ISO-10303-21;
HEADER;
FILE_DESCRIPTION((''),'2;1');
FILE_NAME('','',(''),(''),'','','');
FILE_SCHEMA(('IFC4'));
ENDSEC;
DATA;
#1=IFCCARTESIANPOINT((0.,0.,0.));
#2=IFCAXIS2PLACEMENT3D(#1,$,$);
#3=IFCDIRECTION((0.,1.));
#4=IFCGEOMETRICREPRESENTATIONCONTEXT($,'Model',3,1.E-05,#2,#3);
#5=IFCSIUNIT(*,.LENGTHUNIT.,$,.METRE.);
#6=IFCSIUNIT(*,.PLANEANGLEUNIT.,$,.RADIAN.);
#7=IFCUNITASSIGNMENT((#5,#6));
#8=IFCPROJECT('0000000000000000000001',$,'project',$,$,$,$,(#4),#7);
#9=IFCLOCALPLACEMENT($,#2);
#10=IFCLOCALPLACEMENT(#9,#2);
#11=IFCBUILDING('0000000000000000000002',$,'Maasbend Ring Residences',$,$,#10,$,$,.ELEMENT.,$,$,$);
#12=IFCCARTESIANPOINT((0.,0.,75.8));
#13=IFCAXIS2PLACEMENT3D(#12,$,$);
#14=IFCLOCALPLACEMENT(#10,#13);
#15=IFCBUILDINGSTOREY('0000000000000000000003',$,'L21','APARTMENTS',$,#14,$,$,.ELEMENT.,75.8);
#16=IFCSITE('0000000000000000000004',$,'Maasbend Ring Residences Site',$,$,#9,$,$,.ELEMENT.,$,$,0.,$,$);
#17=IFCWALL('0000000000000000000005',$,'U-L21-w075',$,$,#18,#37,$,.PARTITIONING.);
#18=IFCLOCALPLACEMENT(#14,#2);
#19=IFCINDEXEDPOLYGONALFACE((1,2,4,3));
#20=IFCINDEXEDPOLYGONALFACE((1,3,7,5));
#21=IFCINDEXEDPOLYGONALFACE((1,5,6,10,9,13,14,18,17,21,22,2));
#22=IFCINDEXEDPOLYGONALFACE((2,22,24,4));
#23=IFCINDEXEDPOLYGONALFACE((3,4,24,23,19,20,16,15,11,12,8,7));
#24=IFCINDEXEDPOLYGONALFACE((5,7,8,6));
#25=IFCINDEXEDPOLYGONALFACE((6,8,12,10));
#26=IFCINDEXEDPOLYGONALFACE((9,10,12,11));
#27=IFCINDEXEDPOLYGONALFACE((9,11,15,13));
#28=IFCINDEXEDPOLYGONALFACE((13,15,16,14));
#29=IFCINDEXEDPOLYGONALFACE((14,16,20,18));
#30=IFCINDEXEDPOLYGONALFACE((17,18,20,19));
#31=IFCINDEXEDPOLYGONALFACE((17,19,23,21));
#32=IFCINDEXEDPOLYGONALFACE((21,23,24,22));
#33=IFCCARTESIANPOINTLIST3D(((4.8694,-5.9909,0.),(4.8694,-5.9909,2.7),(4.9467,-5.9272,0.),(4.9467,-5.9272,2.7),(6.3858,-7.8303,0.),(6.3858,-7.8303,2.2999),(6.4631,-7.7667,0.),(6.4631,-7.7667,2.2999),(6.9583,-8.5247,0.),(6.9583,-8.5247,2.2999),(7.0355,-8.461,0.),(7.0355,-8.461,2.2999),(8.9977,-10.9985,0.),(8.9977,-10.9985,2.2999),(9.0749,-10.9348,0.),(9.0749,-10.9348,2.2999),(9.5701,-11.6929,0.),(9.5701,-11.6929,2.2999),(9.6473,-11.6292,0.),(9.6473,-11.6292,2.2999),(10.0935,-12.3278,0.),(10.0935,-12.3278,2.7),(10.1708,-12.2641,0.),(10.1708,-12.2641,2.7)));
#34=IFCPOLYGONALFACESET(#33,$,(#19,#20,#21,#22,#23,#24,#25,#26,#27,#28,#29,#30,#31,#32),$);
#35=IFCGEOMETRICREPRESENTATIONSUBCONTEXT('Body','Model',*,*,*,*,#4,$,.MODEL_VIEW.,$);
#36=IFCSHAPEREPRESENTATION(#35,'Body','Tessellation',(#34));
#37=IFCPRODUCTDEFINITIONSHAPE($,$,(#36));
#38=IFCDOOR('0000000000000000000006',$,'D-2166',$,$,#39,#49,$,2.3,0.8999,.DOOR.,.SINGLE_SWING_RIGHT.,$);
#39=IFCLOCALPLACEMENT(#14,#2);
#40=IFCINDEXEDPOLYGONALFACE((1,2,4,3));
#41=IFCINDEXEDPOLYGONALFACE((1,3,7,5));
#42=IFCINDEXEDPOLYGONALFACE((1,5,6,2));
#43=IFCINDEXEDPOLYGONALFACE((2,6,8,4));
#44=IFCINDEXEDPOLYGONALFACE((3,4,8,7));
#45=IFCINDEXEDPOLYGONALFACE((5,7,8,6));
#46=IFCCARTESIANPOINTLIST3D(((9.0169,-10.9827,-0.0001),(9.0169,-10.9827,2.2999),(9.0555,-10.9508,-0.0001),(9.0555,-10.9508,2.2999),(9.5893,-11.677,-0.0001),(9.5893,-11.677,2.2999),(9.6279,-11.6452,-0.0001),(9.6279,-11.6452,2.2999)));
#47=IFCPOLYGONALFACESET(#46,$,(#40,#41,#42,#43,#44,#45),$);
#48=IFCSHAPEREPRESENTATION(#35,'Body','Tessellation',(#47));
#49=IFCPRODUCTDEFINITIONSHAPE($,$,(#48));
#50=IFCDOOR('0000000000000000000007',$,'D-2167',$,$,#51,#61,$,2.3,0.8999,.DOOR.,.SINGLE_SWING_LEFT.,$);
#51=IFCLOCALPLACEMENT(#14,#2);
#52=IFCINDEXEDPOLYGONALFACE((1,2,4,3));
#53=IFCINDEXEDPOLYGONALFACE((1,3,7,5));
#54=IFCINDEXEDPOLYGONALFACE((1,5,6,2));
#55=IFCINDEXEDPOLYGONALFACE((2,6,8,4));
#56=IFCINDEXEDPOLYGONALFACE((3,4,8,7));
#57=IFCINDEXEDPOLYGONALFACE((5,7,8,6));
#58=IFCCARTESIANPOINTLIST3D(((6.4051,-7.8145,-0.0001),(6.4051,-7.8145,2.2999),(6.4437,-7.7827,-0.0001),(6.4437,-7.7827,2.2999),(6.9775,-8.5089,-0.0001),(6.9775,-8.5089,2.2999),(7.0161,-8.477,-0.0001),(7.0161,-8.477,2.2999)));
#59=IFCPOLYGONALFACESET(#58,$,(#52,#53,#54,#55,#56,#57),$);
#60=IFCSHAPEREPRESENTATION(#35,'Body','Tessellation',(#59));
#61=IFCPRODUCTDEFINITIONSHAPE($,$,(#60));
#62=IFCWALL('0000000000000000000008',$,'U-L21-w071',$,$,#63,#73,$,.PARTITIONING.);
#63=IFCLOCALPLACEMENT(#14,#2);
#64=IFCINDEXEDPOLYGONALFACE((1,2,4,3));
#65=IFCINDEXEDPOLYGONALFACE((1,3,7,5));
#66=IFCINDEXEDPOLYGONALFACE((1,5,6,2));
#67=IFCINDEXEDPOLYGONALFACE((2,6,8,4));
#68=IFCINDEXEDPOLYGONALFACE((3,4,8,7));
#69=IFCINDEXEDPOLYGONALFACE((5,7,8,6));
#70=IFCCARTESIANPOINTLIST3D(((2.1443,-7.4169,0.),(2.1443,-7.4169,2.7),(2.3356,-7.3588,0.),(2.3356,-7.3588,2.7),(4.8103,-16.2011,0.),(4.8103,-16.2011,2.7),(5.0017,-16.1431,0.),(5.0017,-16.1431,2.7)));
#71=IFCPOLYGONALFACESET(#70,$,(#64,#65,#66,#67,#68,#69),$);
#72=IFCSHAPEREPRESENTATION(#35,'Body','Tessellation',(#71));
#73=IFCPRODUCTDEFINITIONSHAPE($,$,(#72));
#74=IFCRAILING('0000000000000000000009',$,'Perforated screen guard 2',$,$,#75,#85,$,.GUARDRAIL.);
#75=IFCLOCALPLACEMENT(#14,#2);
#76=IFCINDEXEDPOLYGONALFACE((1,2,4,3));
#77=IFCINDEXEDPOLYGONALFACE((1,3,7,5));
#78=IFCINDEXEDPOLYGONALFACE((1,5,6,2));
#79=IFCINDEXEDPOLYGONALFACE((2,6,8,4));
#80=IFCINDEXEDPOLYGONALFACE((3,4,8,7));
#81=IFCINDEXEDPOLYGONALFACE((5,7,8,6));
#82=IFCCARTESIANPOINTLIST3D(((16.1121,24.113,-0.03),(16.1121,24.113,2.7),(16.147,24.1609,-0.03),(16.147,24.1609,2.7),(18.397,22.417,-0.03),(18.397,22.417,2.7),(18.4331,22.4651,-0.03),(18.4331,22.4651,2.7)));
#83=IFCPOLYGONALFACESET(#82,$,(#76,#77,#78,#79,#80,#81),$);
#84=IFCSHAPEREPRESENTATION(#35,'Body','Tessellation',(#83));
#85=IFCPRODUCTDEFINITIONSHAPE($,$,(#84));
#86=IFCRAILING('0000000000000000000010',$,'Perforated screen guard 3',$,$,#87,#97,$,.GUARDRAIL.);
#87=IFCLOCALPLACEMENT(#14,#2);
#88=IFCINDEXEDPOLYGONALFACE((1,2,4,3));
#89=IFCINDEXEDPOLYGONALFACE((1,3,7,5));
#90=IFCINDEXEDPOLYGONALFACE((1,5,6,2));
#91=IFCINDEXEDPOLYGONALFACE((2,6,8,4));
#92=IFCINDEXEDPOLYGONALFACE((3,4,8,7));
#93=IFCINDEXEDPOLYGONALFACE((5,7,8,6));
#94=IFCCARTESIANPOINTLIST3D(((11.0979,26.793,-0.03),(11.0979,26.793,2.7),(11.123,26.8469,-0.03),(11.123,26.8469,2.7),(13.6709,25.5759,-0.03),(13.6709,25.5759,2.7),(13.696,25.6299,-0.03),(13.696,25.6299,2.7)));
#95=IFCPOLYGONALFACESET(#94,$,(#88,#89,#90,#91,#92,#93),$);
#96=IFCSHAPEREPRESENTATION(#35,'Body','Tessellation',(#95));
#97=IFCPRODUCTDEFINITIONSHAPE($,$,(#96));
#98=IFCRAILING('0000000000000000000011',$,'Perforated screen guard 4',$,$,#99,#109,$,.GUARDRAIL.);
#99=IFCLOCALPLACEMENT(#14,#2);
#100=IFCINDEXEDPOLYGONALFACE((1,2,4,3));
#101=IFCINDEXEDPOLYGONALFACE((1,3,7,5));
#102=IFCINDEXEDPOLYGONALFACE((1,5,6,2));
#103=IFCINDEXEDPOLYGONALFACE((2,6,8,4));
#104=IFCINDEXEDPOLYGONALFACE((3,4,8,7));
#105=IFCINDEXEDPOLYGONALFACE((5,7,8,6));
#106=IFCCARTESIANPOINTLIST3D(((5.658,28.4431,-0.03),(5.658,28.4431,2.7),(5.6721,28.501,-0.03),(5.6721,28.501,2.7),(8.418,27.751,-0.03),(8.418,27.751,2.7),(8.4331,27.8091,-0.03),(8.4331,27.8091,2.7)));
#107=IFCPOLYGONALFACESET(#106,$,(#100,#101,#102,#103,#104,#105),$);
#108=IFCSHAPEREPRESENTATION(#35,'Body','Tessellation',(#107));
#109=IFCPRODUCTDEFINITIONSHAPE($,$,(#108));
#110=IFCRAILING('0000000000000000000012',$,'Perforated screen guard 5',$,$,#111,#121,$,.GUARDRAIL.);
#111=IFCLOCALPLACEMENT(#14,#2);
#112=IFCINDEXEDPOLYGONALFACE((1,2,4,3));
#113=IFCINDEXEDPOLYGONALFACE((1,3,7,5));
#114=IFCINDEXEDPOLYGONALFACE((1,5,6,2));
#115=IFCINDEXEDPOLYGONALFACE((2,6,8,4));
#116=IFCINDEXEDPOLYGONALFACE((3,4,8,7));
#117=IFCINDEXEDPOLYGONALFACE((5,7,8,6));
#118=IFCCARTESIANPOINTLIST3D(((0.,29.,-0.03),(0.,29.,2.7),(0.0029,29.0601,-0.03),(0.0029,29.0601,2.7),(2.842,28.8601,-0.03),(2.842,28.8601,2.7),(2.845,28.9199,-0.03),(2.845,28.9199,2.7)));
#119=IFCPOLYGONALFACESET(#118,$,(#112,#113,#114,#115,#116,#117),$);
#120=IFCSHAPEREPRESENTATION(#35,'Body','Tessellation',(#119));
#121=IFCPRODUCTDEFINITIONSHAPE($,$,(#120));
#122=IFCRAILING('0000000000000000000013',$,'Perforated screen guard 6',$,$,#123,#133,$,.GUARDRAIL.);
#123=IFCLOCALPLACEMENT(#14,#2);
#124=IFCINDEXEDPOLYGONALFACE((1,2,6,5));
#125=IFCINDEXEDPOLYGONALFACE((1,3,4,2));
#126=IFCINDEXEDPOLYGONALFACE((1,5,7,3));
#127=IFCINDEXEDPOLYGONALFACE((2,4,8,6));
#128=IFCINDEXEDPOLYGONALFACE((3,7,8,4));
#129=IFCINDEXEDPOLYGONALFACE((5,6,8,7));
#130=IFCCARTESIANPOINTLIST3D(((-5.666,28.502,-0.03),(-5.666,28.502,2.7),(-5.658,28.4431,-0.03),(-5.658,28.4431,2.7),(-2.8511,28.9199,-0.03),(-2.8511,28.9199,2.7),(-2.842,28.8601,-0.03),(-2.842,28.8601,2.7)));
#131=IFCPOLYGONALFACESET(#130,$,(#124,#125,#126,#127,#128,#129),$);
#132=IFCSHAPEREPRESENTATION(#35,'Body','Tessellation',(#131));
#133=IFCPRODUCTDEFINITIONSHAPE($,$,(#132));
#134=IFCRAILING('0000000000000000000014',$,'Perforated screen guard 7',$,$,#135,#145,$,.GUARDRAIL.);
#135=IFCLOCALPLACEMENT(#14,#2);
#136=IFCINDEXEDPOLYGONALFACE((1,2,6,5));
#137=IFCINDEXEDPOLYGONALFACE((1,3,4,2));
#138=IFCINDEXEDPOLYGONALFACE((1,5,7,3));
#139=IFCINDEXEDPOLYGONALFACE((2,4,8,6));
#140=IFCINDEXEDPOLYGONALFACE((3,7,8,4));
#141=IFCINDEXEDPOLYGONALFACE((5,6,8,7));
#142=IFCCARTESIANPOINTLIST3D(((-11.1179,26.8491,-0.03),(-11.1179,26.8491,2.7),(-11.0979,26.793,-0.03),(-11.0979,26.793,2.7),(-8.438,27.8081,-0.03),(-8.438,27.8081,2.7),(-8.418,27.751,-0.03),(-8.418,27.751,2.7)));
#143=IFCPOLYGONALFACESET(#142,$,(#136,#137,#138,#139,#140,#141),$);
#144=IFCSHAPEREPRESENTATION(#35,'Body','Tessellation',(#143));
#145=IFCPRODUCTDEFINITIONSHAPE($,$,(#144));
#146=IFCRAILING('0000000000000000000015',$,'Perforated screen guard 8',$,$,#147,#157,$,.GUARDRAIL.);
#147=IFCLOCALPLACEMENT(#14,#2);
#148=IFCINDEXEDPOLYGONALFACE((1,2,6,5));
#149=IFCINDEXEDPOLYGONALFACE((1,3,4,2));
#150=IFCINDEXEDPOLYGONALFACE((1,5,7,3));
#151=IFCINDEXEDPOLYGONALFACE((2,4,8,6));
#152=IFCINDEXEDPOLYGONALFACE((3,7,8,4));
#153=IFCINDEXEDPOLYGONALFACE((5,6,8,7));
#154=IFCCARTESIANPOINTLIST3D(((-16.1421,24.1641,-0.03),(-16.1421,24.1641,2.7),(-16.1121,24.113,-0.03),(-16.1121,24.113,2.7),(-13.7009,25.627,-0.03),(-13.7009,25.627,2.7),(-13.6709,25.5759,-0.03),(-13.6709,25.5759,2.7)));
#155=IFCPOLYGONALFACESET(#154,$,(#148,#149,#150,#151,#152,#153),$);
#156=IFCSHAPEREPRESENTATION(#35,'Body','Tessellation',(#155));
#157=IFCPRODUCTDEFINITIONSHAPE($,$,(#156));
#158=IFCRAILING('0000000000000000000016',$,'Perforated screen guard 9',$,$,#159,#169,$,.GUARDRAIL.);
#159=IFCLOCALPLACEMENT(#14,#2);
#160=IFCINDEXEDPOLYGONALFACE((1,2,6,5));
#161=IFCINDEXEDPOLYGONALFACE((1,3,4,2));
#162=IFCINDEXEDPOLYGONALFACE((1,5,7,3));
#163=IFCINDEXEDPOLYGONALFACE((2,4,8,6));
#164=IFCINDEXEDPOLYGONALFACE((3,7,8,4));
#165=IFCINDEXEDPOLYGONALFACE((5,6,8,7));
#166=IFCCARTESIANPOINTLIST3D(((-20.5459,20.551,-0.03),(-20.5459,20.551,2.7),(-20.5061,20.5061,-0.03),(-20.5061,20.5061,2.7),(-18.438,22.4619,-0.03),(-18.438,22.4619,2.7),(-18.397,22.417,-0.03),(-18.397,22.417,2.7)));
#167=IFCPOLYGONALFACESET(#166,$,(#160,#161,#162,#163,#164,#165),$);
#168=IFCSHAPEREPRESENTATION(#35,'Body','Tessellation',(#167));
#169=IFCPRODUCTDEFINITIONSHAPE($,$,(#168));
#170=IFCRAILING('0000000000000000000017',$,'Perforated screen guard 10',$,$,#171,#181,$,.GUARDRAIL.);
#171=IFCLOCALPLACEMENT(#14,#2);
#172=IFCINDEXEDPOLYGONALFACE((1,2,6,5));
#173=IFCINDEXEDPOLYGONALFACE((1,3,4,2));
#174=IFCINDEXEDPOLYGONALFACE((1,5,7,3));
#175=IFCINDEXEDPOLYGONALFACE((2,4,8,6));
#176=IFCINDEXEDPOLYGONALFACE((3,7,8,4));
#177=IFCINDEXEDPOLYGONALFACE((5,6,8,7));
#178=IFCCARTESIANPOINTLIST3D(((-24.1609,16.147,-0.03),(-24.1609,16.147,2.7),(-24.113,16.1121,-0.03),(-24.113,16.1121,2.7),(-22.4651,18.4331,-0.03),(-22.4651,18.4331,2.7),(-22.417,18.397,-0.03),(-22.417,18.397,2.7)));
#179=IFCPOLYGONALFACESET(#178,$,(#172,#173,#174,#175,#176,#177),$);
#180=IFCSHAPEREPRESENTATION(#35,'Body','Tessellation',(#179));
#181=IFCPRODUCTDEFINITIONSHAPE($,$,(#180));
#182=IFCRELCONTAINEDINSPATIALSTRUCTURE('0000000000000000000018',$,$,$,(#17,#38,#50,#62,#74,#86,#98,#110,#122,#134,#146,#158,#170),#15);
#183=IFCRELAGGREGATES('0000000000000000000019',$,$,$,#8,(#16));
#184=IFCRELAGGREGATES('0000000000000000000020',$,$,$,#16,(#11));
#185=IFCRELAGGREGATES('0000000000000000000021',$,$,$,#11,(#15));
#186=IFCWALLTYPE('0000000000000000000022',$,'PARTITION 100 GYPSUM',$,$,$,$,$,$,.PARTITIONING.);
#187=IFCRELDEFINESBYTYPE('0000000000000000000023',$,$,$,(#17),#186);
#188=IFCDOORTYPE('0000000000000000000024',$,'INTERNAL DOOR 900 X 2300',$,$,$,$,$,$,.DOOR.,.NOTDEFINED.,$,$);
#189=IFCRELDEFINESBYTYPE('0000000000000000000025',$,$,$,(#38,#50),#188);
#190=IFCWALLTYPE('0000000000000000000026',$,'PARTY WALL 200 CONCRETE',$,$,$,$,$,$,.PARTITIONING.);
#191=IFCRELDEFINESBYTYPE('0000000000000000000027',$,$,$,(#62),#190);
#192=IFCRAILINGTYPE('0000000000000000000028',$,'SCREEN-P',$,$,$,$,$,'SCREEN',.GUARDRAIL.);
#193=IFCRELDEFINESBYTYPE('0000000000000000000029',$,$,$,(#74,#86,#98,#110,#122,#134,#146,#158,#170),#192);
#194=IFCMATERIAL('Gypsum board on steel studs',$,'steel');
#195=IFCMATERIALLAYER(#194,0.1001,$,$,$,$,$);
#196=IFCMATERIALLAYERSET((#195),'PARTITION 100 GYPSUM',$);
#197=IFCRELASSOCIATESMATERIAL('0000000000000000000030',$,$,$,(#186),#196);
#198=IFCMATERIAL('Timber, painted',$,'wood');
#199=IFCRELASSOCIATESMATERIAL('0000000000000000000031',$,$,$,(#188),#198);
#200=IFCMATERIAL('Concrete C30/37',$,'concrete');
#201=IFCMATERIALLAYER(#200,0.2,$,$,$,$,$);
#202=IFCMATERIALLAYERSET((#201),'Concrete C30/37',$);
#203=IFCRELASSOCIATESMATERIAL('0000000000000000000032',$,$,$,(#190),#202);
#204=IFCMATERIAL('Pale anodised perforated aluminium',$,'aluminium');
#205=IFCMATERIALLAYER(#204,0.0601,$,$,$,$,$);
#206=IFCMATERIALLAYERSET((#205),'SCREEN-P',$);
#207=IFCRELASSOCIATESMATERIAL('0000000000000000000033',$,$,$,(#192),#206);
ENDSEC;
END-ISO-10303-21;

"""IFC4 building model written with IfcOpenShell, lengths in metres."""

from ifc_helpers import new_model, si_unit, direction, frame, frame_2d, origin, place, context, subcontext, project, spatial, polyline, rectangle, outline, extrude, material, layer, layer_set, type_object, element, fill, save


model = new_model("IFC4")

# Units and contexts
model_context = context("Model", 3, precision=1e-05, world=origin(), true_north=direction((0.0, 1.0)))
body_context = subcontext(model_context, "Body", "Model", "MODEL_VIEW")
ifc_project = project(units=[si_unit("LENGTHUNIT", "METRE"), si_unit("PLANEANGLEUNIT", "RADIAN")], contexts=[model_context])

# Site, building, storey
site_placement = place(None, origin())
site = spatial("IfcSite", under=ifc_project, at=site_placement, Name="Maasbend Ring Residences Site", CompositionType="ELEMENT", RefElevation=0.0)
building_placement = place(site_placement, origin())
building = spatial("IfcBuilding", under=site, at=building_placement, Name="Maasbend Ring Residences", CompositionType="ELEMENT")
storey_placement = place(building_placement, frame((0.0, 0.0, 75.8)))
storey = spatial("IfcBuildingStorey", under=building, at=storey_placement, Name="L21", Description="APARTMENTS", CompositionType="ELEMENT", Elevation=75.8)

# Wall, openings, doors
ifc_material_1 = material(Name="Gypsum board on steel studs", Category="steel")
ifc_layer_1 = layer(ifc_material_1, 0.1001)
ifc_layer_set_1 = layer_set([ifc_layer_1], Name="PARTITION 100 GYPSUM")
wall_type_1 = type_object("IfcWallType", Name="PARTITION 100 GYPSUM", PredefinedType="PARTITIONING", material=ifc_layer_set_1)
wall_1_placement = place(storey_placement, frame((4.908, -5.959, 0.0), z_axis=(0.0, 0.0, 1.0), x_axis=(0.636105, -0.771602, 0.0)))
wall_1 = element("IfcWall", 1, at=wall_1_placement, inside=storey, type_object=wall_type_1, Name="U-L21-w075", PredefinedType="PARTITIONING", context=body_context, shape_type="SweptSolid", body=[
    extrude(rectangle(XDim=8.2126, YDim=0.1001, at=frame_2d((4.1064, 0.0))), origin(), (0.0, 0.0, 1.0), 2.7),
])
opening_1_placement = place(wall_1_placement, frame((6.49, 0.0, 0.0)))
opening_1 = element("IfcOpeningElement", 2, at=opening_1_placement, cuts=wall_1, PredefinedType="OPENING", context=body_context, shape_type="SweptSolid", body=[
    extrude(rectangle(XDim=0.8999, YDim=2.3, at=frame_2d((0.45, 1.1499))), frame((0.0, 0.0601, 0.0), z_axis=(0.0, -1.0, 0.0), x_axis=(1.0, 0.0, 0.0)), (0.0, 0.0, 1.0), 0.1201),
])
opening_2_placement = place(wall_1_placement, frame((2.384, 0.0, 0.0)))
opening_2 = element("IfcOpeningElement", 3, at=opening_2_placement, cuts=wall_1, PredefinedType="OPENING", context=body_context, shape_type="SweptSolid", body=[
    extrude(rectangle(XDim=0.8999, YDim=2.3, at=frame_2d((0.45, 1.1499))), frame((0.0, 0.0601, 0.0), z_axis=(0.0, -1.0, 0.0), x_axis=(1.0, 0.0, 0.0)), (0.0, 0.0, 1.0), 0.1201),
])
ifc_material_2 = material(Name="Timber, painted", Category="wood")
door_type = type_object("IfcDoorType", Name="INTERNAL DOOR 900 X 2300", OperationType="NOTDEFINED", PredefinedType="DOOR", material=ifc_material_2)
door_1_placement = place(opening_1_placement, origin())
door_1 = element("IfcDoor", 4, at=door_1_placement, inside=storey, type_object=door_type, Name="D-2166", OperationType="SINGLE_SWING_RIGHT", OverallHeight=2.3, OverallWidth=0.8999, PredefinedType="DOOR", context=body_context, shape_type="SweptSolid", body=[
    extrude(rectangle(XDim=0.8999, YDim=2.3, at=frame_2d((0.45, 1.1499))), frame((0.0, 0.0249, 0.0), z_axis=(0.0, -1.0, 0.0), x_axis=(1.0, 0.0, 0.0)), (0.0, 0.0, 1.0), 0.05),
])
fill(opening_1, door_1)
door_2_placement = place(opening_2_placement, origin())
door_2 = element("IfcDoor", 5, at=door_2_placement, inside=storey, type_object=door_type, Name="D-2167", OperationType="SINGLE_SWING_LEFT", OverallHeight=2.3, OverallWidth=0.8999, PredefinedType="DOOR", context=body_context, shape_type="SweptSolid", body=[
    extrude(rectangle(XDim=0.8999, YDim=2.3, at=frame_2d((0.45, 1.1499))), frame((0.0, 0.0249, 0.0), z_axis=(0.0, -1.0, 0.0), x_axis=(1.0, 0.0, 0.0)), (0.0, 0.0, 1.0), 0.05),
])
fill(opening_2, door_2)

# Wall
ifc_material_3 = material(Name="Concrete C30/37", Category="concrete")
ifc_layer_2 = layer(ifc_material_3, 0.2)
ifc_layer_set_2 = layer_set([ifc_layer_2], Name="Concrete C30/37")
wall_type_2 = type_object("IfcWallType", Name="PARTY WALL 200 CONCRETE", PredefinedType="PARTITIONING", material=ifc_layer_set_2)
wall_2_placement = place(storey_placement, frame((2.24, -7.3879, 0.0), z_axis=(0.0, 0.0, 1.0), x_axis=(0.290421, -0.956899, 0.0)))
element("IfcWall", 6, at=wall_2_placement, inside=storey, type_object=wall_type_2, Name="U-L21-w071", PredefinedType="PARTITIONING", context=body_context, shape_type="SweptSolid", body=[
    extrude(rectangle(XDim=9.1799, YDim=0.2, at=frame_2d((4.5898, 0.0))), origin(), (0.0, 0.0, 1.0), 2.7),
])

# Railings
ifc_material_4 = material(Name="Pale anodised perforated aluminium", Category="aluminium")
ifc_layer_3 = layer(ifc_material_4, 0.0601)
ifc_layer_set_3 = layer_set([ifc_layer_3], Name="SCREEN-P")
railing_type = type_object("IfcRailingType", Name="SCREEN-P", ElementType="SCREEN", PredefinedType="GUARDRAIL", material=ifc_layer_set_3)
railing_1_placement = place(storey_placement, frame((0.0, 0.0, -0.03)))
element("IfcRailing", 7, at=railing_1_placement, inside=storey, type_object=railing_type, Name="Perforated screen guard 2", PredefinedType="GUARDRAIL", context=body_context, shape_type="SweptSolid", body=[
    extrude(outline(polyline([(18.397, 22.417), (16.1121, 24.113), (16.147, 24.1609), (18.4331, 22.4651), (18.397, 22.417)])), origin(), (0.0, 0.0, 1.0), 2.73),
])
railing_2_placement = place(storey_placement, frame((0.0, 0.0, -0.03)))
element("IfcRailing", 8, at=railing_2_placement, inside=storey, type_object=railing_type, Name="Perforated screen guard 3", PredefinedType="GUARDRAIL", context=body_context, shape_type="SweptSolid", body=[
    extrude(outline(polyline([(13.6709, 25.5759), (11.0979, 26.793), (11.123, 26.8469), (13.696, 25.6299), (13.6709, 25.5759)])), origin(), (0.0, 0.0, 1.0), 2.73),
])
railing_3_placement = place(storey_placement, frame((0.0, 0.0, -0.03)))
element("IfcRailing", 9, at=railing_3_placement, inside=storey, type_object=railing_type, Name="Perforated screen guard 4", PredefinedType="GUARDRAIL", context=body_context, shape_type="SweptSolid", body=[
    extrude(outline(polyline([(8.418, 27.751), (5.658, 28.4431), (5.6721, 28.501), (8.4331, 27.8091), (8.418, 27.751)])), origin(), (0.0, 0.0, 1.0), 2.73),
])
railing_4_placement = place(storey_placement, frame((0.0, 0.0, -0.03)))
element("IfcRailing", 10, at=railing_4_placement, inside=storey, type_object=railing_type, Name="Perforated screen guard 5", PredefinedType="GUARDRAIL", context=body_context, shape_type="SweptSolid", body=[
    extrude(outline(polyline([(2.842, 28.8601), (0.0, 29.0), (0.0029, 29.0601), (2.845, 28.9199), (2.842, 28.8601)])), origin(), (0.0, 0.0, 1.0), 2.73),
])
railing_5_placement = place(storey_placement, frame((0.0, 0.0, -0.03)))
element("IfcRailing", 11, at=railing_5_placement, inside=storey, type_object=railing_type, Name="Perforated screen guard 6", PredefinedType="GUARDRAIL", context=body_context, shape_type="SweptSolid", body=[
    extrude(outline(polyline([(-2.842, 28.8601), (-5.658, 28.4431), (-5.666, 28.502), (-2.8511, 28.9199), (-2.842, 28.8601)])), origin(), (0.0, 0.0, 1.0), 2.73),
])
railing_6_placement = place(storey_placement, frame((0.0, 0.0, -0.03)))
element("IfcRailing", 12, at=railing_6_placement, inside=storey, type_object=railing_type, Name="Perforated screen guard 7", PredefinedType="GUARDRAIL", context=body_context, shape_type="SweptSolid", body=[
    extrude(outline(polyline([(-8.418, 27.751), (-11.0979, 26.793), (-11.1179, 26.8491), (-8.438, 27.8081), (-8.418, 27.751)])), origin(), (0.0, 0.0, 1.0), 2.73),
])
railing_7_placement = place(storey_placement, frame((0.0, 0.0, -0.03)))
element("IfcRailing", 13, at=railing_7_placement, inside=storey, type_object=railing_type, Name="Perforated screen guard 8", PredefinedType="GUARDRAIL", context=body_context, shape_type="SweptSolid", body=[
    extrude(outline(polyline([(-13.6709, 25.5759), (-16.1121, 24.113), (-16.1421, 24.1641), (-13.7009, 25.627), (-13.6709, 25.5759)])), origin(), (0.0, 0.0, 1.0), 2.73),
])
railing_8_placement = place(storey_placement, frame((0.0, 0.0, -0.03)))
element("IfcRailing", 14, at=railing_8_placement, inside=storey, type_object=railing_type, Name="Perforated screen guard 9", PredefinedType="GUARDRAIL", context=body_context, shape_type="SweptSolid", body=[
    extrude(outline(polyline([(-18.397, 22.417), (-20.5061, 20.5061), (-20.5459, 20.551), (-18.438, 22.4619), (-18.397, 22.417)])), origin(), (0.0, 0.0, 1.0), 2.73),
])
railing_9_placement = place(storey_placement, frame((0.0, 0.0, -0.03)))
element("IfcRailing", 15, at=railing_9_placement, inside=storey, type_object=railing_type, Name="Perforated screen guard 10", PredefinedType="GUARDRAIL", context=body_context, shape_type="SweptSolid", body=[
    extrude(outline(polyline([(-22.417, 18.397), (-24.113, 16.1121), (-24.1609, 16.147), (-22.4651, 18.4331), (-22.417, 18.397)])), origin(), (0.0, 0.0, 1.0), 2.73),
])

save(model, "model.ifc")
